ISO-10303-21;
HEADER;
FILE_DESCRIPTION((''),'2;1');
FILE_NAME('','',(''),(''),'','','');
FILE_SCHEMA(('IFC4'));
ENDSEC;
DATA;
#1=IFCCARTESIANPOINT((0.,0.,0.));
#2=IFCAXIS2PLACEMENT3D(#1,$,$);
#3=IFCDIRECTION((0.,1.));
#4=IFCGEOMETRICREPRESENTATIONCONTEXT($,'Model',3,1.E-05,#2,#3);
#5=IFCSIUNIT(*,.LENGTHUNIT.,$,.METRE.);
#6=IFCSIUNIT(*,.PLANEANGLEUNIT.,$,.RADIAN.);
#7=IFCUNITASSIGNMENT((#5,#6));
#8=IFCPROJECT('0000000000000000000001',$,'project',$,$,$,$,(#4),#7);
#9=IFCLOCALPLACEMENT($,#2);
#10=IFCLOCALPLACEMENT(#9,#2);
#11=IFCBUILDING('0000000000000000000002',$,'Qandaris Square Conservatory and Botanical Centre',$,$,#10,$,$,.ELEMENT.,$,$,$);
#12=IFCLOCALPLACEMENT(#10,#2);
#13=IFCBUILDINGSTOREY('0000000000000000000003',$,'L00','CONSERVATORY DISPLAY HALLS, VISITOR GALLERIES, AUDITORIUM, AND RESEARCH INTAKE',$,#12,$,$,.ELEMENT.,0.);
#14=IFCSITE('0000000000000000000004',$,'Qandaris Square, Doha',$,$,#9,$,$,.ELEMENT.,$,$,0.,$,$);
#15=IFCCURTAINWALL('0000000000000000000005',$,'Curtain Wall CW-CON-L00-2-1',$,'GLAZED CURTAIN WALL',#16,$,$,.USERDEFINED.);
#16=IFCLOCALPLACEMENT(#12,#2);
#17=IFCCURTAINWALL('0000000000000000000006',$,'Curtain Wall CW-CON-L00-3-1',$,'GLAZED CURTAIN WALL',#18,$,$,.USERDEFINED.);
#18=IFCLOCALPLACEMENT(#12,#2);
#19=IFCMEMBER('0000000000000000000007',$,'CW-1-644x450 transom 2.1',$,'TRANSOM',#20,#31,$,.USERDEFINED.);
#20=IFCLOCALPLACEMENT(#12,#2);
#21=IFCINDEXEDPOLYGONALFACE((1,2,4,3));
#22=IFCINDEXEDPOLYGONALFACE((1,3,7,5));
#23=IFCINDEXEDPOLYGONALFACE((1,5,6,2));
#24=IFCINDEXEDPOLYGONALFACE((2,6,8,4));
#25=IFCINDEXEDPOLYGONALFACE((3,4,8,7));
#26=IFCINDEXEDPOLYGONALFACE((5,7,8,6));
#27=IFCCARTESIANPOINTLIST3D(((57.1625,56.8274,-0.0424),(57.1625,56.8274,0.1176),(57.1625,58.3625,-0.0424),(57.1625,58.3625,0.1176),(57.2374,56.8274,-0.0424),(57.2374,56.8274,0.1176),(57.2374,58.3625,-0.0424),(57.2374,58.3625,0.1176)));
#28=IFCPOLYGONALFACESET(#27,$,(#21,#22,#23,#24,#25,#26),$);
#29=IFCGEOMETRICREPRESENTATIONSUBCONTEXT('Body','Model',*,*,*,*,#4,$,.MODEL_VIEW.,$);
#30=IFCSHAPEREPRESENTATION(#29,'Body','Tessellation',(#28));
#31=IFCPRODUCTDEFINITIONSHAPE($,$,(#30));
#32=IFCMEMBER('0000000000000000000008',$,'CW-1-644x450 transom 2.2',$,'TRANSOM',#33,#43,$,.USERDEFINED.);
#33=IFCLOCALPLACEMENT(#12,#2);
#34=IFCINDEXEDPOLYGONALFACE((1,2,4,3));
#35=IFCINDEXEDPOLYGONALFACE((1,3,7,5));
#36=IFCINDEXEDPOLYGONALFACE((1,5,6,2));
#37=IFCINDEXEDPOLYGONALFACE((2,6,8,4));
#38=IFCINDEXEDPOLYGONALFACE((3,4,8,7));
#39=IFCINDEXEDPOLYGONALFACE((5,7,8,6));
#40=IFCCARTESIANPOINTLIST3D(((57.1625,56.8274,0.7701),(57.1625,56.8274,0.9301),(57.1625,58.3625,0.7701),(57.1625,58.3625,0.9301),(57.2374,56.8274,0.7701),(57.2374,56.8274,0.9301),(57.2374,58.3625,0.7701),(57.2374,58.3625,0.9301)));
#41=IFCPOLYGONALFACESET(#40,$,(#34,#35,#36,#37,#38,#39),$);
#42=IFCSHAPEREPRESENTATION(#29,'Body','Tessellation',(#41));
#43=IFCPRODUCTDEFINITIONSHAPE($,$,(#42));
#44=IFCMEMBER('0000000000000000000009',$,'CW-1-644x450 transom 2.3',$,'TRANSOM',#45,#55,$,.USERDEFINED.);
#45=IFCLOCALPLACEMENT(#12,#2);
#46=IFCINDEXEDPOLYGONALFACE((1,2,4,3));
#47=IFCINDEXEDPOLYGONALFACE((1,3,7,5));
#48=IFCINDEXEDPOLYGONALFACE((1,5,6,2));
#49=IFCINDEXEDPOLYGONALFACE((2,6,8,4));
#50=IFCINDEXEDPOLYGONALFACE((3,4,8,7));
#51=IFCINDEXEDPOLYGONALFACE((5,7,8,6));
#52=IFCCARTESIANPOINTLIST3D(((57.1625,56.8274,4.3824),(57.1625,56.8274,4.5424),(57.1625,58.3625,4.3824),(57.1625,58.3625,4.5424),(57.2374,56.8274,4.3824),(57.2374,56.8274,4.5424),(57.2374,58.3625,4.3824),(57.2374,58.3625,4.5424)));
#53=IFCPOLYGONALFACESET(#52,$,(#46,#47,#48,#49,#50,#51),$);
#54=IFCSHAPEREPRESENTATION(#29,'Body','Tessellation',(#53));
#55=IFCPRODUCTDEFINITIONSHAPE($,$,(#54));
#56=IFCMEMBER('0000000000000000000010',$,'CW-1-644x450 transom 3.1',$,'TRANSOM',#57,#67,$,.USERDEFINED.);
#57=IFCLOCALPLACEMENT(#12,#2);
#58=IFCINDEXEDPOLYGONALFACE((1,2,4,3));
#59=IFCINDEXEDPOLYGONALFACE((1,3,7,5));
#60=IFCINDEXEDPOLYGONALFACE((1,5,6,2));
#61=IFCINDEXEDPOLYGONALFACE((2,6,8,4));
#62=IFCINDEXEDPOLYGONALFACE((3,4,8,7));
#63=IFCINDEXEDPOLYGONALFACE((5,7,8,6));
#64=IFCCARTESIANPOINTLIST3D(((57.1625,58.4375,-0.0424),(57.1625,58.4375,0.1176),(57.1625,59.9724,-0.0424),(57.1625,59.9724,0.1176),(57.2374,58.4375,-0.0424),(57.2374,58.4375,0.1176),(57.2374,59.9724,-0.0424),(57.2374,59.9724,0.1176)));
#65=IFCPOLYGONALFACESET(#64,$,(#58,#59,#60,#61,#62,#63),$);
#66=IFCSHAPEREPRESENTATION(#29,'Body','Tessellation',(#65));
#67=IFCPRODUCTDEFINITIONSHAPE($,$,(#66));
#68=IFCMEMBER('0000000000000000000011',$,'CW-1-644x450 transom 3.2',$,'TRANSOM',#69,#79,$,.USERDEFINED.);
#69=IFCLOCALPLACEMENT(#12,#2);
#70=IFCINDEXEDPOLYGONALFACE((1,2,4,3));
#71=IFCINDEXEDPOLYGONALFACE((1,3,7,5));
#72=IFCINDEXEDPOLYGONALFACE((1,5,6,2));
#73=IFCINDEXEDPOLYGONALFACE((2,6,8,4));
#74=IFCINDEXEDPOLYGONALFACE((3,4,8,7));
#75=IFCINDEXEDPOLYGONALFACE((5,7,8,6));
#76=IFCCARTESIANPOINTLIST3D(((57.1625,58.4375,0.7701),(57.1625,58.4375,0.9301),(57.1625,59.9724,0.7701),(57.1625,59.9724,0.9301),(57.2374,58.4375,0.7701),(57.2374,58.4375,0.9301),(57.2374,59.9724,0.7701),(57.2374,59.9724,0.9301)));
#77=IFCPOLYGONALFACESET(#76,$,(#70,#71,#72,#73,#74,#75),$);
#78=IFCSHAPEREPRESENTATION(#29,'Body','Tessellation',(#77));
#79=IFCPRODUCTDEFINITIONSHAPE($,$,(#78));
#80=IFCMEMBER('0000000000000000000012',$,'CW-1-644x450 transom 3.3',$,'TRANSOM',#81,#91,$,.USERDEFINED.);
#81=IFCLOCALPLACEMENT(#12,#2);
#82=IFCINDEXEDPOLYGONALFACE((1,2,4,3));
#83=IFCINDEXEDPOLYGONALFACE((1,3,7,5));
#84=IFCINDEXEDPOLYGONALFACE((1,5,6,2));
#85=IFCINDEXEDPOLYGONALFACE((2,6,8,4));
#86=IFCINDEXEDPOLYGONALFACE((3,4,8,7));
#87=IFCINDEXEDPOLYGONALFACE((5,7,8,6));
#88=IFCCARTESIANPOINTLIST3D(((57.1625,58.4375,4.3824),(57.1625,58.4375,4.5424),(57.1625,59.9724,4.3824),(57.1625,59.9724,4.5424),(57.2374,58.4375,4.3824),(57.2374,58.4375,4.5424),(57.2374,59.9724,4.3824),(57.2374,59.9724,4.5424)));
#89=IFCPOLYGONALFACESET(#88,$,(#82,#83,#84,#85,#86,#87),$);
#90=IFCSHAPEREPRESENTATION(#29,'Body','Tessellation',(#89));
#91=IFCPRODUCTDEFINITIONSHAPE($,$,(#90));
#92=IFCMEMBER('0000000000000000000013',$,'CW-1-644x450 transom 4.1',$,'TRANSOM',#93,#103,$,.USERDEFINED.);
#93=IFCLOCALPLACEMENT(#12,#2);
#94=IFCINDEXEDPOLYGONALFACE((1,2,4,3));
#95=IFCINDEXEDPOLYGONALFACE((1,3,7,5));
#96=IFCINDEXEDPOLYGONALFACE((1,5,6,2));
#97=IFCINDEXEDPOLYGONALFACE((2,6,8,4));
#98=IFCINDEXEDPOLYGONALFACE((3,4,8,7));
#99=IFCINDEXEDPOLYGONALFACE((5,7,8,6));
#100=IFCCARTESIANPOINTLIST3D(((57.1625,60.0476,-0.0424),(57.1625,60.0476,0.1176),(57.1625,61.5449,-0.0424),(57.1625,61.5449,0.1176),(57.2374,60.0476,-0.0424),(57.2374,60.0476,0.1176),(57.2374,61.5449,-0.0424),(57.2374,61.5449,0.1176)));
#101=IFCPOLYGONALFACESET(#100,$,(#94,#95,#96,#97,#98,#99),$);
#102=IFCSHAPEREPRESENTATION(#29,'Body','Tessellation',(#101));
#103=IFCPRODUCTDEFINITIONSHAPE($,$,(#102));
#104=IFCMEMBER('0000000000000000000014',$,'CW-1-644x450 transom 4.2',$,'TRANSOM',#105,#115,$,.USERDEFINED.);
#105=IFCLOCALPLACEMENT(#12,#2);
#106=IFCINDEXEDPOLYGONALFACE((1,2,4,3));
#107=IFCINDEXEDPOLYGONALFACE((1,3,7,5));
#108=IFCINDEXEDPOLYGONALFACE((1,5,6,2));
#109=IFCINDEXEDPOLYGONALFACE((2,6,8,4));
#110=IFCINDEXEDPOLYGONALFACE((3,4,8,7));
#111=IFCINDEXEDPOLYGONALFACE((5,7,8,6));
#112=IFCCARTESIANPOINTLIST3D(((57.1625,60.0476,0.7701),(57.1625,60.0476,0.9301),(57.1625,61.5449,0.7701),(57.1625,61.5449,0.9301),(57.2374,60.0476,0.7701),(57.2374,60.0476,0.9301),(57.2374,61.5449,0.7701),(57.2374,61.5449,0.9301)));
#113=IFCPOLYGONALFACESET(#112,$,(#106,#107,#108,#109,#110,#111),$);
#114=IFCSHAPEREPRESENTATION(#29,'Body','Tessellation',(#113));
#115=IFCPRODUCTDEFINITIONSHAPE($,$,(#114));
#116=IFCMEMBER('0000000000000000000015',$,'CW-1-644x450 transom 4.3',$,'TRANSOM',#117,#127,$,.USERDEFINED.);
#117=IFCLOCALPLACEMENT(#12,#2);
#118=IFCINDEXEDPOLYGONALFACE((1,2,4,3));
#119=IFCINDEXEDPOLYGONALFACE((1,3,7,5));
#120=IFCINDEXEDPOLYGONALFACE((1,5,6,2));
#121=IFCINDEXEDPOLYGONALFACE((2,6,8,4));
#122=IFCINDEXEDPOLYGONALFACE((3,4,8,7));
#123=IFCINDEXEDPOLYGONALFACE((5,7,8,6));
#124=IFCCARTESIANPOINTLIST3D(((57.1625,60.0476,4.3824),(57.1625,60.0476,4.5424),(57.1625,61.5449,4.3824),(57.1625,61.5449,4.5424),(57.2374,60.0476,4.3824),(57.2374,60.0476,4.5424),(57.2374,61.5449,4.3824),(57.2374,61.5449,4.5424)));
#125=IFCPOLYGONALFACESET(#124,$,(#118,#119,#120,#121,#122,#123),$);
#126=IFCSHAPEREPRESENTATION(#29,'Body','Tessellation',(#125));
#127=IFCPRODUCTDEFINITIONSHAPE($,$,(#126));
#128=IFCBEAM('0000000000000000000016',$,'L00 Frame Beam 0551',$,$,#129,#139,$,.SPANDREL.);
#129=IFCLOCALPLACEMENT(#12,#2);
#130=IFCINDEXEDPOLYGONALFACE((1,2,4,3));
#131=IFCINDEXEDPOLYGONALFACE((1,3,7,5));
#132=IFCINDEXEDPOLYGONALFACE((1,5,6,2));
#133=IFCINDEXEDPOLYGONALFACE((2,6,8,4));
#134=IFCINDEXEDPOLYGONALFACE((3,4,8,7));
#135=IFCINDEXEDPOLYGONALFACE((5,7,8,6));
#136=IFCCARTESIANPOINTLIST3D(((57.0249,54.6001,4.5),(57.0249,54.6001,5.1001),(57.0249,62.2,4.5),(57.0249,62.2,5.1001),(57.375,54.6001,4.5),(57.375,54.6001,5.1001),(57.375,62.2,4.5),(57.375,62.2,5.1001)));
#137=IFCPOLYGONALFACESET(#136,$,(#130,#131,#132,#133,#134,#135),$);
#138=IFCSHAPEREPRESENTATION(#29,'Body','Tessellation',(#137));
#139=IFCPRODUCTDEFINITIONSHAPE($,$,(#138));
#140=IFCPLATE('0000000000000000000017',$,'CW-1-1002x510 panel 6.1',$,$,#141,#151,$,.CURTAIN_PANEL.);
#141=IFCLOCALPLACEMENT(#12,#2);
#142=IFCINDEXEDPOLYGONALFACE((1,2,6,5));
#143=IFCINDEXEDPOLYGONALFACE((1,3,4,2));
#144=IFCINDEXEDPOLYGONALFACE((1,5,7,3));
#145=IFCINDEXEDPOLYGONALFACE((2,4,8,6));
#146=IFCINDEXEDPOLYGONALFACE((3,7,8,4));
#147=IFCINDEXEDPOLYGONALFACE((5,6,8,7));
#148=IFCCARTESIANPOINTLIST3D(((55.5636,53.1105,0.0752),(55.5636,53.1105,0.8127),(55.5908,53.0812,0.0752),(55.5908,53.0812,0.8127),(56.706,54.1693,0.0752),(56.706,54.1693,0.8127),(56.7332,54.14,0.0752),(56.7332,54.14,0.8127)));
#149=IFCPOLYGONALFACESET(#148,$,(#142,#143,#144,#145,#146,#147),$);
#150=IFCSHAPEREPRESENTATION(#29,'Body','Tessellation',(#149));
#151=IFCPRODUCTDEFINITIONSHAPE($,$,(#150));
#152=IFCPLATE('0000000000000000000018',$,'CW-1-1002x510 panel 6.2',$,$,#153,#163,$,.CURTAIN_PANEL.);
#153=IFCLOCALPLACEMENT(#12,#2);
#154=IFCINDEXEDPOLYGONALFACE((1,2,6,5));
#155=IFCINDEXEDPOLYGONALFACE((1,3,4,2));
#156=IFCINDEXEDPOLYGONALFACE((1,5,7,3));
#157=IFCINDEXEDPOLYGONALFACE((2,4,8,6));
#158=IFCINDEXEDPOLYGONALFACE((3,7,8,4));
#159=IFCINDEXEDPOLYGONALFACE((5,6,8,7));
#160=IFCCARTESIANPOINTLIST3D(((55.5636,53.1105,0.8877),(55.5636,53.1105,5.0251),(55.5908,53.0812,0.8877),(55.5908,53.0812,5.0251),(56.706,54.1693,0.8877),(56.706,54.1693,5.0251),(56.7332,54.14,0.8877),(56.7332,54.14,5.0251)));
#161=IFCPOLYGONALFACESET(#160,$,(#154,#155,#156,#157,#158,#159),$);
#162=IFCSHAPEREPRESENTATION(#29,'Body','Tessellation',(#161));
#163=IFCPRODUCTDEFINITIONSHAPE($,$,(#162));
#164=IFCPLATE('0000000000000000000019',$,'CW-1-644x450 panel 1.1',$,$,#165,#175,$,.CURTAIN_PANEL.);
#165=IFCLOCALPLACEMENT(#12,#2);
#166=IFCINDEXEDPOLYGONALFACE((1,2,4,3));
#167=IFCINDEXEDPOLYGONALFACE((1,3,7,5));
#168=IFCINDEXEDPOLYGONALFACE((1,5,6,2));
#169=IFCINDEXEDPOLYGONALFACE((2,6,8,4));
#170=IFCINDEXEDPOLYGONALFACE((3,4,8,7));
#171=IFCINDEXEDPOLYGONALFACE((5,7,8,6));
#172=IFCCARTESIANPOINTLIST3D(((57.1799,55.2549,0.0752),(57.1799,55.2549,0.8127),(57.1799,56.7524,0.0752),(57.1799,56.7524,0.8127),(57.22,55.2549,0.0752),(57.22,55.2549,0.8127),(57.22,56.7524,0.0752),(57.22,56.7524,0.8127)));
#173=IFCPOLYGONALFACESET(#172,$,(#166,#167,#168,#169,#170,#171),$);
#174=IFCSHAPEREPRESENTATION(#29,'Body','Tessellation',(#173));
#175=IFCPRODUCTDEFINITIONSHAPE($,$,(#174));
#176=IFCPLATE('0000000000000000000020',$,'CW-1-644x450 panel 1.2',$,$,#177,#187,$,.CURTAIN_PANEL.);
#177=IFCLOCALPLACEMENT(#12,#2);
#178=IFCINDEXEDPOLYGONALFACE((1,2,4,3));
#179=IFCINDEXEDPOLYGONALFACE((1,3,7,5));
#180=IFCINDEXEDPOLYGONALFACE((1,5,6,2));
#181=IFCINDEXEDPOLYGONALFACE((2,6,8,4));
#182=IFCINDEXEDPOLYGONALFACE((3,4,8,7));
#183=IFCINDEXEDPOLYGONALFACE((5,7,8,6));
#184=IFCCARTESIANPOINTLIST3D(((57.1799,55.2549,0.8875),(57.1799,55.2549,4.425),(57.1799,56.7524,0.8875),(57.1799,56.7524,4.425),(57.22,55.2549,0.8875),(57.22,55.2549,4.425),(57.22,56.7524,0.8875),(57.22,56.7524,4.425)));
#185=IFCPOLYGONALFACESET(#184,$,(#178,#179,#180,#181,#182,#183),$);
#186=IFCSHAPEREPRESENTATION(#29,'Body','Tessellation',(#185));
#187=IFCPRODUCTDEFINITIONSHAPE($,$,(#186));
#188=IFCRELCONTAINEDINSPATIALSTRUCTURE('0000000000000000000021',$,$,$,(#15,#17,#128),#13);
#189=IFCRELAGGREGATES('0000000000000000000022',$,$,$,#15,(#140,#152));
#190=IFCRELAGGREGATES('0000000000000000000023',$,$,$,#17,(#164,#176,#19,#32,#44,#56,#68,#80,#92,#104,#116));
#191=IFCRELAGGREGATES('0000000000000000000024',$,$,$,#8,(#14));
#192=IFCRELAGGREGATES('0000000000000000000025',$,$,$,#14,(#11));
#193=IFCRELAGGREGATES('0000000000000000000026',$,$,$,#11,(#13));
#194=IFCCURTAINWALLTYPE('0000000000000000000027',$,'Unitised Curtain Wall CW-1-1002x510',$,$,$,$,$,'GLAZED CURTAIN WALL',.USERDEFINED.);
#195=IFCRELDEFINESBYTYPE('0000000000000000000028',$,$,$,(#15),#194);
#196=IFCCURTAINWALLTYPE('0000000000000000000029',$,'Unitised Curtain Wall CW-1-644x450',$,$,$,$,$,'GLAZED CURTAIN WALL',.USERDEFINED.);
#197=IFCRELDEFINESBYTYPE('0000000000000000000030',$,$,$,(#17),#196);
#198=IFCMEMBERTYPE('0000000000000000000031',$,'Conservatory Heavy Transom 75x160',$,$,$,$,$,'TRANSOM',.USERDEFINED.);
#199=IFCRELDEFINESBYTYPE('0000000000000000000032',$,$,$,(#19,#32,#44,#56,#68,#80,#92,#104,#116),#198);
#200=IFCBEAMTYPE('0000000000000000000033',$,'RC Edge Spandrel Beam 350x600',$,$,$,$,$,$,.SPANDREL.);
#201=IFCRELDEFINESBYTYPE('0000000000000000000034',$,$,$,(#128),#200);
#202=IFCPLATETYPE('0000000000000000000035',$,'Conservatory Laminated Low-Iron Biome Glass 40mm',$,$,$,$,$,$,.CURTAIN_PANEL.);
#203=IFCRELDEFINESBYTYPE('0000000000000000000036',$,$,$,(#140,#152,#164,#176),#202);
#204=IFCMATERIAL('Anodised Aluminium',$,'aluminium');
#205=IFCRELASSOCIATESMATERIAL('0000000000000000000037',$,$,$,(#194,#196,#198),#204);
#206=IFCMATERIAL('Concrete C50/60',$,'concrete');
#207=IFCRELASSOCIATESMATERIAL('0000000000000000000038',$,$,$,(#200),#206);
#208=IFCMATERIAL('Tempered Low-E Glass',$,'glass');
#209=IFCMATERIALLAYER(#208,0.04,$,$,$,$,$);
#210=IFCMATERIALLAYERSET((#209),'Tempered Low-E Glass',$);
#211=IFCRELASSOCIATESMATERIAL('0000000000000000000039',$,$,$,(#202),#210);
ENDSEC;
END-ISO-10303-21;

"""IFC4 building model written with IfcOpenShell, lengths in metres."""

from ifc_helpers import new_model, si_unit, direction, frame, origin, origin_2d, place, context, subcontext, project, spatial, rectangle, extrude, material, layer, layer_set, material_profile, profile_set, type_object, element, aggregate, save


model = new_model("IFC4")

# Units and contexts
model_context = context("Model", 3, precision=1e-05, world=origin(), true_north=direction((0.0, 1.0)))
body_context = subcontext(model_context, "Body", "Model", "MODEL_VIEW")
ifc_project = project(units=[si_unit("LENGTHUNIT", "METRE"), si_unit("PLANEANGLEUNIT", "RADIAN")], contexts=[model_context])

# Site, building, storey
site_placement = place(None, origin())
site = spatial("IfcSite", under=ifc_project, at=site_placement, Name="Qandaris Square, Doha", CompositionType="ELEMENT", RefElevation=0.0)
building_placement = place(site_placement, origin())
building = spatial("IfcBuilding", under=site, at=building_placement, Name="Qandaris Square Conservatory and Botanical Centre", CompositionType="ELEMENT")
storey_placement = place(building_placement, origin())
storey = spatial("IfcBuildingStorey", under=building, at=storey_placement, Name="L00", Description="CONSERVATORY DISPLAY HALLS, VISITOR GALLERIES, AUDITORIUM, AND RESEARCH INTAKE", CompositionType="ELEMENT", Elevation=0.0)

# Shared definitions
ifc_material_1 = material(Name="Concrete C50/60", Category="concrete")

# Curtain wall
ifc_material_2 = material(Name="Anodised Aluminium", Category="aluminium")
curtain_wall_type_1 = type_object("IfcCurtainWallType", Name="Unitised Curtain Wall CW-1-1002x510", ElementType="GLAZED CURTAIN WALL", PredefinedType="USERDEFINED", material=ifc_material_2)
curtain_wall_1_placement = place(storey_placement, origin())
curtain_wall_1 = element("IfcCurtainWall", 1, at=curtain_wall_1_placement, inside=storey, type_object=curtain_wall_type_1, Name="Curtain Wall CW-CON-L00-2-1", ObjectType="GLAZED CURTAIN WALL", PredefinedType="USERDEFINED")

# Curtain wall
curtain_wall_type_2 = type_object("IfcCurtainWallType", Name="Unitised Curtain Wall CW-1-644x450", ElementType="GLAZED CURTAIN WALL", PredefinedType="USERDEFINED", material=ifc_material_2)
curtain_wall_2_placement = place(storey_placement, origin())
curtain_wall_2 = element("IfcCurtainWall", 2, at=curtain_wall_2_placement, inside=storey, type_object=curtain_wall_type_2, Name="Curtain Wall CW-CON-L00-3-1", ObjectType="GLAZED CURTAIN WALL", PredefinedType="USERDEFINED")

# Members
ifc_material_profile_1 = material_profile(ifc_material_2, rectangle(XDim=0.075, YDim=0.1599, at=origin_2d()), Name="ALU-TRN 75x160")
ifc_profile_set_1 = profile_set([ifc_material_profile_1], Name="Anodised Aluminium")
member_type_1 = type_object("IfcMemberType", Name="Conservatory Heavy Transom 75x160", ElementType="TRANSOM", PredefinedType="USERDEFINED", material=ifc_profile_set_1)
member_1_placement = place(storey_placement, frame((57.2, 56.8274, 0.0376), z_axis=(0.0, 1.0, 0.0), x_axis=(-1.0, 0.0, 0.0)))
member_1 = element("IfcMember", 3, at=member_1_placement, type_object=member_type_1, Name="CW-1-644x450 transom 2.1", ObjectType="TRANSOM", PredefinedType="USERDEFINED", context=body_context, shape_type="SweptSolid", body=[
    extrude(rectangle(XDim=0.075, YDim=0.1599, at=origin_2d()), origin(), (0.0, 0.0, 1.0), 1.5352),
])
member_2_placement = place(storey_placement, frame((57.2, 56.8274, 0.8501), z_axis=(0.0, 1.0, 0.0), x_axis=(-1.0, 0.0, 0.0)))
member_2 = element("IfcMember", 4, at=member_2_placement, type_object=member_type_1, Name="CW-1-644x450 transom 2.2", ObjectType="TRANSOM", PredefinedType="USERDEFINED", context=body_context, shape_type="SweptSolid", body=[
    extrude(rectangle(XDim=0.075, YDim=0.1599, at=origin_2d()), origin(), (0.0, 0.0, 1.0), 1.5352),
])
member_3_placement = place(storey_placement, frame((57.2, 56.8274, 4.4624), z_axis=(0.0, 1.0, 0.0), x_axis=(-1.0, 0.0, 0.0)))
member_3 = element("IfcMember", 5, at=member_3_placement, type_object=member_type_1, Name="CW-1-644x450 transom 2.3", ObjectType="TRANSOM", PredefinedType="USERDEFINED", context=body_context, shape_type="SweptSolid", body=[
    extrude(rectangle(XDim=0.075, YDim=0.1599, at=origin_2d()), origin(), (0.0, 0.0, 1.0), 1.5352),
])
member_4_placement = place(storey_placement, frame((57.2, 58.4375, 0.0376), z_axis=(0.0, 1.0, 0.0), x_axis=(-1.0, 0.0, 0.0)))
member_4 = element("IfcMember", 6, at=member_4_placement, type_object=member_type_1, Name="CW-1-644x450 transom 3.1", ObjectType="TRANSOM", PredefinedType="USERDEFINED", context=body_context, shape_type="SweptSolid", body=[
    extrude(rectangle(XDim=0.075, YDim=0.1599, at=origin_2d()), origin(), (0.0, 0.0, 1.0), 1.5349),
])
member_5_placement = place(storey_placement, frame((57.2, 58.4375, 0.8501), z_axis=(0.0, 1.0, 0.0), x_axis=(-1.0, 0.0, 0.0)))
member_5 = element("IfcMember", 7, at=member_5_placement, type_object=member_type_1, Name="CW-1-644x450 transom 3.2", ObjectType="TRANSOM", PredefinedType="USERDEFINED", context=body_context, shape_type="SweptSolid", body=[
    extrude(rectangle(XDim=0.075, YDim=0.1599, at=origin_2d()), origin(), (0.0, 0.0, 1.0), 1.5349),
])
member_6_placement = place(storey_placement, frame((57.2, 58.4375, 4.4624), z_axis=(0.0, 1.0, 0.0), x_axis=(-1.0, 0.0, 0.0)))
member_6 = element("IfcMember", 8, at=member_6_placement, type_object=member_type_1, Name="CW-1-644x450 transom 3.3", ObjectType="TRANSOM", PredefinedType="USERDEFINED", context=body_context, shape_type="SweptSolid", body=[
    extrude(rectangle(XDim=0.075, YDim=0.1599, at=origin_2d()), origin(), (0.0, 0.0, 1.0), 1.5349),
])
member_7_placement = place(storey_placement, frame((57.2, 60.0476, 0.0376), z_axis=(0.0, 1.0, 0.0), x_axis=(-1.0, 0.0, 0.0)))
member_7 = element("IfcMember", 9, at=member_7_placement, type_object=member_type_1, Name="CW-1-644x450 transom 4.1", ObjectType="TRANSOM", PredefinedType="USERDEFINED", context=body_context, shape_type="SweptSolid", body=[
    extrude(rectangle(XDim=0.075, YDim=0.1599, at=origin_2d()), origin(), (0.0, 0.0, 1.0), 1.4973),
])
member_8_placement = place(storey_placement, frame((57.2, 60.0476, 0.8501), z_axis=(0.0, 1.0, 0.0), x_axis=(-1.0, 0.0, 0.0)))
member_8 = element("IfcMember", 10, at=member_8_placement, type_object=member_type_1, Name="CW-1-644x450 transom 4.2", ObjectType="TRANSOM", PredefinedType="USERDEFINED", context=body_context, shape_type="SweptSolid", body=[
    extrude(rectangle(XDim=0.075, YDim=0.1599, at=origin_2d()), origin(), (0.0, 0.0, 1.0), 1.4973),
])
member_9_placement = place(storey_placement, frame((57.2, 60.0476, 4.4624), z_axis=(0.0, 1.0, 0.0), x_axis=(-1.0, 0.0, 0.0)))
member_9 = element("IfcMember", 11, at=member_9_placement, type_object=member_type_1, Name="CW-1-644x450 transom 4.3", ObjectType="TRANSOM", PredefinedType="USERDEFINED", context=body_context, shape_type="SweptSolid", body=[
    extrude(rectangle(XDim=0.075, YDim=0.1599, at=origin_2d()), origin(), (0.0, 0.0, 1.0), 1.4973),
])

# Beam
ifc_material_profile_2 = material_profile(ifc_material_1, rectangle(XDim=0.3501, YDim=0.6001, at=origin_2d()), Name="RC-SP 350x600")
ifc_profile_set_2 = profile_set([ifc_material_profile_2], Name="Concrete C50/60")
beam_type = type_object("IfcBeamType", Name="RC Edge Spandrel Beam 350x600", PredefinedType="SPANDREL", material=ifc_profile_set_2)
beam_placement = place(storey_placement, frame((57.2, 54.6001, 4.8), z_axis=(0.0, 1.0, 0.0), x_axis=(-1.0, 0.0, 0.0)))
element("IfcBeam", 12, at=beam_placement, inside=storey, type_object=beam_type, Name="L00 Frame Beam 0551", PredefinedType="SPANDREL", context=body_context, shape_type="SweptSolid", body=[
    extrude(rectangle(XDim=0.3501, YDim=0.6001, at=origin_2d()), origin(), (0.0, 0.0, 1.0), 7.5999),
])

# Plates
ifc_material_3 = material(Name="Tempered Low-E Glass", Category="glass")
ifc_layer_1 = layer(ifc_material_3, 0.04)
ifc_layer_set_1 = layer_set([ifc_layer_1], Name="Tempered Low-E Glass")
plate_type = type_object("IfcPlateType", Name="Conservatory Laminated Low-Iron Biome Glass 40mm", PredefinedType="CURTAIN_PANEL", material=ifc_layer_set_1)
plate_1_placement = place(storey_placement, frame((56.1484, 53.6252, 0.0752), z_axis=(0.0, 0.0, 1.0), x_axis=(0.733433, 0.679762, 0.0)))
plate_1 = element("IfcPlate", 13, at=plate_1_placement, type_object=plate_type, Name="CW-1-1002x510 panel 6.1", PredefinedType="CURTAIN_PANEL", context=body_context, shape_type="SweptSolid", body=[
    extrude(rectangle(XDim=1.5576, YDim=0.04, at=origin_2d()), origin(), (0.0, 0.0, 1.0), 0.7375),
])
plate_2_placement = place(storey_placement, frame((56.1484, 53.6252, 0.8877), z_axis=(0.0, 0.0, 1.0), x_axis=(0.733433, 0.679762, 0.0)))
plate_2 = element("IfcPlate", 14, at=plate_2_placement, type_object=plate_type, Name="CW-1-1002x510 panel 6.2", PredefinedType="CURTAIN_PANEL", context=body_context, shape_type="SweptSolid", body=[
    extrude(rectangle(XDim=1.5576, YDim=0.04, at=origin_2d()), origin(), (0.0, 0.0, 1.0), 4.1375),
])
aggregate(curtain_wall_1, [plate_1, plate_2])
plate_3_placement = place(storey_placement, frame((57.2, 56.0037, 0.0752), z_axis=(0.0, 0.0, 1.0), x_axis=(0.0, 1.0, 0.0)))
plate_3 = element("IfcPlate", 15, at=plate_3_placement, type_object=plate_type, Name="CW-1-644x450 panel 1.1", PredefinedType="CURTAIN_PANEL", context=body_context, shape_type="SweptSolid", body=[
    extrude(rectangle(XDim=1.4976, YDim=0.04, at=origin_2d()), origin(), (0.0, 0.0, 1.0), 0.7375),
])
plate_4_placement = place(storey_placement, frame((57.2, 56.0037, 0.8875), z_axis=(0.0, 0.0, 1.0), x_axis=(0.0, 1.0, 0.0)))
plate_4 = element("IfcPlate", 16, at=plate_4_placement, type_object=plate_type, Name="CW-1-644x450 panel 1.2", PredefinedType="CURTAIN_PANEL", context=body_context, shape_type="SweptSolid", body=[
    extrude(rectangle(XDim=1.4976, YDim=0.04, at=origin_2d()), origin(), (0.0, 0.0, 1.0), 3.5376),
])
aggregate(curtain_wall_2, [plate_3, plate_4, member_1, member_2, member_3, member_4, member_5, member_6, member_7, member_8, member_9])

save(model, "model.ifc")
